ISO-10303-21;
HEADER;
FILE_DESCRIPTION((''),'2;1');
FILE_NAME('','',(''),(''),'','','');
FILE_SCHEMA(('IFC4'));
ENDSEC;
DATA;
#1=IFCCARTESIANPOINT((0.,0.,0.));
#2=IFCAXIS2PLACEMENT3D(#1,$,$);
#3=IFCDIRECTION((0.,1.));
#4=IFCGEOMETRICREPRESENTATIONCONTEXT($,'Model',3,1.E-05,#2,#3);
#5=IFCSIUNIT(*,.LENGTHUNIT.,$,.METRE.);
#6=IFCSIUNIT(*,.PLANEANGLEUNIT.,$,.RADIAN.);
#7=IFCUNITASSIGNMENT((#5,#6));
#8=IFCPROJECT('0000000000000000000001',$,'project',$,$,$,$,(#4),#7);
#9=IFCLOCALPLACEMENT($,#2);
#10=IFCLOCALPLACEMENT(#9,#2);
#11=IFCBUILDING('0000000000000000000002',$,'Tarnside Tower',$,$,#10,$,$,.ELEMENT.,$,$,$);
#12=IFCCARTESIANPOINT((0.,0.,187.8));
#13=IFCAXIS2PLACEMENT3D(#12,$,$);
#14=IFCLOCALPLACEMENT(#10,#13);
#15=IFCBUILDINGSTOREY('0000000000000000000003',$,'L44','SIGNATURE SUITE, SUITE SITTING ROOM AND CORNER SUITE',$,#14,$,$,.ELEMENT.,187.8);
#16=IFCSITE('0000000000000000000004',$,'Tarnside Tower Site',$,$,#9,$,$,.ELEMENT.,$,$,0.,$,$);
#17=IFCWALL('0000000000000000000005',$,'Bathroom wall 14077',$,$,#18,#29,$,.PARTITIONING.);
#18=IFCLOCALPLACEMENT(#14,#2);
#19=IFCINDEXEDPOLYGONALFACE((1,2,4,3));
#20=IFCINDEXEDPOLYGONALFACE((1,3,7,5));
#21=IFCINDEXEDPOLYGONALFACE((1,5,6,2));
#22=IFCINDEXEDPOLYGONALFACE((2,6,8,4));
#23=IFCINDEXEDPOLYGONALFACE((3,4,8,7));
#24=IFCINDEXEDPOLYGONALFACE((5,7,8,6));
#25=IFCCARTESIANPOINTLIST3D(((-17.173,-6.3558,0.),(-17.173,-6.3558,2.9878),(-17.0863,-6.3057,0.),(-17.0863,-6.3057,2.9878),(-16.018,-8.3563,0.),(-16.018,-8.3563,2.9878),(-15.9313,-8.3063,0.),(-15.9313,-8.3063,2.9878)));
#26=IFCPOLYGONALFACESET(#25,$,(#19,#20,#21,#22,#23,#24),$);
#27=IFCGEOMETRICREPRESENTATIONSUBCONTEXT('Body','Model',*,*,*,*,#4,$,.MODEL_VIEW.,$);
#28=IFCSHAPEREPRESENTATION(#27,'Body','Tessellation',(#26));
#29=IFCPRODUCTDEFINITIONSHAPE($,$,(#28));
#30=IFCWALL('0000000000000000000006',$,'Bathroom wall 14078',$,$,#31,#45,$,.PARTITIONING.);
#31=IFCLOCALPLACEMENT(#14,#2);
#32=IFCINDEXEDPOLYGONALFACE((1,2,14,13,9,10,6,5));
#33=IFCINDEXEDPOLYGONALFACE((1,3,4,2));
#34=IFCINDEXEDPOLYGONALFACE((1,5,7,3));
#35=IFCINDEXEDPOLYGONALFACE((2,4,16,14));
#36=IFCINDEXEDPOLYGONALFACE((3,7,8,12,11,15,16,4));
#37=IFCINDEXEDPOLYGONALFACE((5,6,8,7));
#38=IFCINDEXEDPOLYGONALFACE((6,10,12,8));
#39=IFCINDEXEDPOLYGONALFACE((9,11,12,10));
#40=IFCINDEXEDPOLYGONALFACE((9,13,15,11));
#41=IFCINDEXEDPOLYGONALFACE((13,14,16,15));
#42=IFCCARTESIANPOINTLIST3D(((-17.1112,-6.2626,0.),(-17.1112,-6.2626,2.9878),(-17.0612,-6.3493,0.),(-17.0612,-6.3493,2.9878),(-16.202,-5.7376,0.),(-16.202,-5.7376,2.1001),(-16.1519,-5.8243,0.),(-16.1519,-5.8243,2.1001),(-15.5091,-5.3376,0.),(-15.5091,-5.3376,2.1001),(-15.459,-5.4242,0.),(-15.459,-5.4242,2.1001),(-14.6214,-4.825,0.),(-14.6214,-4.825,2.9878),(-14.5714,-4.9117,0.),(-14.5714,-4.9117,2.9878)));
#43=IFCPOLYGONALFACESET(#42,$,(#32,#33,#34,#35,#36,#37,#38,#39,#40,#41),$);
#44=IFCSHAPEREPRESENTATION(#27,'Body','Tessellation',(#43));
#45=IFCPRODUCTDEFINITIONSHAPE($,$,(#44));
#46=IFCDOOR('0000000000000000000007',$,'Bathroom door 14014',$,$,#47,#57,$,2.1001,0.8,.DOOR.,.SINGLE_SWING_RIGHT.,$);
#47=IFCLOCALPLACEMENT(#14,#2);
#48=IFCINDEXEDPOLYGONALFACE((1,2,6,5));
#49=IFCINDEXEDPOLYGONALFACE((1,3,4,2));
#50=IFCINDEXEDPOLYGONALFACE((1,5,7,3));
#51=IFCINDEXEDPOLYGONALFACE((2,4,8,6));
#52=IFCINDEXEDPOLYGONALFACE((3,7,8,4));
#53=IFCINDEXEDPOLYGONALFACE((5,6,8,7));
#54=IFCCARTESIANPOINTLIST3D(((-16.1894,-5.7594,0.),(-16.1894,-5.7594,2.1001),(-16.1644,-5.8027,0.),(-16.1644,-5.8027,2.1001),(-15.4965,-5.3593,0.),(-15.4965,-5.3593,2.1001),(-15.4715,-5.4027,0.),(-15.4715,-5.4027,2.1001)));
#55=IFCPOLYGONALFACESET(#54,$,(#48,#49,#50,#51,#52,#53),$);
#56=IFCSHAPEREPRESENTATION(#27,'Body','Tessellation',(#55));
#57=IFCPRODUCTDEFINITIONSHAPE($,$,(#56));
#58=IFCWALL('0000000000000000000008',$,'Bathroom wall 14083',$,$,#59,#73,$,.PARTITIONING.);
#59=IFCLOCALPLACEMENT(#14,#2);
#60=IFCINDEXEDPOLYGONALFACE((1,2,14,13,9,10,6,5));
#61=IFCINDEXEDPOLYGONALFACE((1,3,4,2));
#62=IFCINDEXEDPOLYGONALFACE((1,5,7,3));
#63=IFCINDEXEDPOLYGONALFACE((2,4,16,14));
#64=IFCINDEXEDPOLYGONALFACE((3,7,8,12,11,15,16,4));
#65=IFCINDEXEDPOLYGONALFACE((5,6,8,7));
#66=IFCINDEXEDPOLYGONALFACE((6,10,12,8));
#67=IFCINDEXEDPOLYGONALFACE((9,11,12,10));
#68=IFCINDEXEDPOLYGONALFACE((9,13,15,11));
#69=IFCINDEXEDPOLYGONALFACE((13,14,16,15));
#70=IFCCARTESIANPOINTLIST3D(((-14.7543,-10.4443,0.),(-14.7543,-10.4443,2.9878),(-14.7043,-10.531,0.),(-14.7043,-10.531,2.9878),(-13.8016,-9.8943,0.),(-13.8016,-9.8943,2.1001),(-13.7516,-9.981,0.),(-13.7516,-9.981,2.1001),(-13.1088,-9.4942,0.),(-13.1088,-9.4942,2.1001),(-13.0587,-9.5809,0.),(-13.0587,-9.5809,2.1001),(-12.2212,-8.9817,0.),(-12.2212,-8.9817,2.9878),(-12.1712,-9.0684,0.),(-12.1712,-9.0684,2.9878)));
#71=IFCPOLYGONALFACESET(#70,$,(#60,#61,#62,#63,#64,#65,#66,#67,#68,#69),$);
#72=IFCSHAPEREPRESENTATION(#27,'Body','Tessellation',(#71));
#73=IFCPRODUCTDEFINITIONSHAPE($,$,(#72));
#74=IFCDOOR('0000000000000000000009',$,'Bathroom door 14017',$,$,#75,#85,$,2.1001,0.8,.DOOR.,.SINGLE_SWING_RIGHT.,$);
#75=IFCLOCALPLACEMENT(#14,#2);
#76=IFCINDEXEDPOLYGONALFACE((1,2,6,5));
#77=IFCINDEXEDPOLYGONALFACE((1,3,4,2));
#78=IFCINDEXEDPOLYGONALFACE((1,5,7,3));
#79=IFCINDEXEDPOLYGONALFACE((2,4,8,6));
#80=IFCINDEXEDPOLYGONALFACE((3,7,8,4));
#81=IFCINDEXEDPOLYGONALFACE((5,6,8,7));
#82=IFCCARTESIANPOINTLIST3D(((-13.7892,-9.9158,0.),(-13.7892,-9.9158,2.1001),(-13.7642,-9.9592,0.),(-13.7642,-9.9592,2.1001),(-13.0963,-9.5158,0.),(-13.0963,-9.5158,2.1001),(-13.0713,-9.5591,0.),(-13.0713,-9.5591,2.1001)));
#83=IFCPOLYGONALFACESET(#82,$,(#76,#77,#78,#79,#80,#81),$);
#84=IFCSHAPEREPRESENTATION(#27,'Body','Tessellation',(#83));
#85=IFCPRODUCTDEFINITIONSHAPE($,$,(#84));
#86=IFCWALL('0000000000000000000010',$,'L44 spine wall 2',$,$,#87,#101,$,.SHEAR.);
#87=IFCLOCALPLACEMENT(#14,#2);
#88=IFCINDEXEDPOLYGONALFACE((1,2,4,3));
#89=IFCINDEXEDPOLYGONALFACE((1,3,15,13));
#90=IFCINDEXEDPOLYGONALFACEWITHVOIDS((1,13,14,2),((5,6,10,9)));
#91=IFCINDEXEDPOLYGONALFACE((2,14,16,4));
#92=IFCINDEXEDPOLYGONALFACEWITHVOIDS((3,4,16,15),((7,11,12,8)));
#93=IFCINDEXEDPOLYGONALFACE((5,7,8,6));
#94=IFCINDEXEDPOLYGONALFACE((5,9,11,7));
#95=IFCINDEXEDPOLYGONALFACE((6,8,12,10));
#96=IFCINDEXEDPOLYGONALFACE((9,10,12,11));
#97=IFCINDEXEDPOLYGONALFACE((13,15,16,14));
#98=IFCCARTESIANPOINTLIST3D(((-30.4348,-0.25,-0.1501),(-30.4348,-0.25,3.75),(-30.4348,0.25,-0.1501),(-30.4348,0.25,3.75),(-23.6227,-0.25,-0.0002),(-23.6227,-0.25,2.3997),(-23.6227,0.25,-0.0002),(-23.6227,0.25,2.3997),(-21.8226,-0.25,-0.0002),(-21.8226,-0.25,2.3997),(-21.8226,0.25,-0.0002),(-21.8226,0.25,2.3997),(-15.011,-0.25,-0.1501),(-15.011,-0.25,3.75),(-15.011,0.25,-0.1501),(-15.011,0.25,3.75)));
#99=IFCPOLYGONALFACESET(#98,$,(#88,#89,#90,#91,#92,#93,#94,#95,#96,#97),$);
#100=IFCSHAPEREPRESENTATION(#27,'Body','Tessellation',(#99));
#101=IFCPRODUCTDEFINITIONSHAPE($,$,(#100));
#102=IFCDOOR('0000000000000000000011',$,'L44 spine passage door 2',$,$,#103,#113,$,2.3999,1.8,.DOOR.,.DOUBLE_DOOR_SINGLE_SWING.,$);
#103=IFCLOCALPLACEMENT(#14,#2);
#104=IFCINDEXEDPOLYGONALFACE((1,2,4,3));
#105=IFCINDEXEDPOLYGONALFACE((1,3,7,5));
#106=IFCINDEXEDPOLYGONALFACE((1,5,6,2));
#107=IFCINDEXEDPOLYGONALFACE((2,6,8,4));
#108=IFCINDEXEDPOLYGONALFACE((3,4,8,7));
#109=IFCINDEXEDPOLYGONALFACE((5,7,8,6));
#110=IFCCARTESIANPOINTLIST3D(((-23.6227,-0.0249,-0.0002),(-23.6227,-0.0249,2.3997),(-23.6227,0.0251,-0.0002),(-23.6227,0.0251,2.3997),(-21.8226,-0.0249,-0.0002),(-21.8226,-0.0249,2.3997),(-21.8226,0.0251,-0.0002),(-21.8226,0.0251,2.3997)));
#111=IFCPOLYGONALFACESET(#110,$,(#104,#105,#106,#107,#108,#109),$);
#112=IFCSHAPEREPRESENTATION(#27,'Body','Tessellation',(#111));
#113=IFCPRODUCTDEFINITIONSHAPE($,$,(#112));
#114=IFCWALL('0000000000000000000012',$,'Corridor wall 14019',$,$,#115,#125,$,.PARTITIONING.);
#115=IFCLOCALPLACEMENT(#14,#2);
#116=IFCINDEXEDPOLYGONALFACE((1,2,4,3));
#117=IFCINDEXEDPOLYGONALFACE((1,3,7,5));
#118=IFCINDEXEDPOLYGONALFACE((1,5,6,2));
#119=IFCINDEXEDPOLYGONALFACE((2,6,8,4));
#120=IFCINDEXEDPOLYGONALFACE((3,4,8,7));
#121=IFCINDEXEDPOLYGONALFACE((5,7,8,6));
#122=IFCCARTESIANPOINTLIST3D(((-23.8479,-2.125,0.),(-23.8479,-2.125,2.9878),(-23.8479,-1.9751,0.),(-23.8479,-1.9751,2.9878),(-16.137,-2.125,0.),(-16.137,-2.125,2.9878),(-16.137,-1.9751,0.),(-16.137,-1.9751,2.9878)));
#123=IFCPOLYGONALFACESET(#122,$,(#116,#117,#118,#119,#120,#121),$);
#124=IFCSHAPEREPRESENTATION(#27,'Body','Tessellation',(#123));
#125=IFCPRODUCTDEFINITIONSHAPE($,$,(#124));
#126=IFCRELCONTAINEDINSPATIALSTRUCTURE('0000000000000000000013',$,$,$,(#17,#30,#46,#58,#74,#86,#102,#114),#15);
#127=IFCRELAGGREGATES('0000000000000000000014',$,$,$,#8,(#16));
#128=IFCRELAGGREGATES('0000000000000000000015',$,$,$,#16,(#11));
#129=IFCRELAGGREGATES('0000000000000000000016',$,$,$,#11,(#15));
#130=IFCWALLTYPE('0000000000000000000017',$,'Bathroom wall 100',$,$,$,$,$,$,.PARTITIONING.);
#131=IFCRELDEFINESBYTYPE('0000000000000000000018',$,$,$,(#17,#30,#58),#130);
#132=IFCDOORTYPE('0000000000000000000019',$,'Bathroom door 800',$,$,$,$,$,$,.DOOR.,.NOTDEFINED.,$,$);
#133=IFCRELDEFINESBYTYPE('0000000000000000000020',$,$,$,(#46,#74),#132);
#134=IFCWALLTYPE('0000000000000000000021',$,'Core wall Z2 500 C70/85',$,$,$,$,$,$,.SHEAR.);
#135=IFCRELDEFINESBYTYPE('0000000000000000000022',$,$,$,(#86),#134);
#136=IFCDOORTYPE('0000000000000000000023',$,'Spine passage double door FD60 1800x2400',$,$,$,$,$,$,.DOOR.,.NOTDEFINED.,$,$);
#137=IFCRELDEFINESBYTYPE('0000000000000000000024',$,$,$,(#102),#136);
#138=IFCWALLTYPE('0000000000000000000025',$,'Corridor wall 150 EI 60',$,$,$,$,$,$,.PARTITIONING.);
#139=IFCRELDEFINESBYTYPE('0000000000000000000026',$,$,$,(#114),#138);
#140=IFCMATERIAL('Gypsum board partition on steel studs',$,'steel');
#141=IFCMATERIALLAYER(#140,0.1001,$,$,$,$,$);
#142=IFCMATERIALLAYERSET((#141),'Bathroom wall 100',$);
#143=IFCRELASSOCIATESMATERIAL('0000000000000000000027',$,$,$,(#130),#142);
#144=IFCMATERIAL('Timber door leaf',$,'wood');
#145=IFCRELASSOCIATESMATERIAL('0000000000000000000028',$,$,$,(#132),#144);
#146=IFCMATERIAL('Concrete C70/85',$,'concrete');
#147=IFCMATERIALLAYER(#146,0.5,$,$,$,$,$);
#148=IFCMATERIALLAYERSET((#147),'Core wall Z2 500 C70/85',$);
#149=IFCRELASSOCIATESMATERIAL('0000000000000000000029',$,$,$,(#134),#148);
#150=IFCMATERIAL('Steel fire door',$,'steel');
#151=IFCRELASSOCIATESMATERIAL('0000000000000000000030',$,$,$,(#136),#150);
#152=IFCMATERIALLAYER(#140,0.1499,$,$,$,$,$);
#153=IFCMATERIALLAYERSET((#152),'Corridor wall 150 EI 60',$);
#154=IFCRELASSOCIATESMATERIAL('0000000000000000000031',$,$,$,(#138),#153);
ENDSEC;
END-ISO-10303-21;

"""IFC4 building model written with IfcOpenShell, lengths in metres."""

from ifc_helpers import new_model, si_unit, direction, frame, frame_2d, origin, place, context, subcontext, project, spatial, rectangle, extrude, material, layer, layer_set, type_object, element, fill, save


model = new_model("IFC4")

# Units and contexts
model_context = context("Model", 3, precision=1e-05, world=origin(), true_north=direction((0.0, 1.0)))
body_context = subcontext(model_context, "Body", "Model", "MODEL_VIEW")
ifc_project = project(units=[si_unit("LENGTHUNIT", "METRE"), si_unit("PLANEANGLEUNIT", "RADIAN")], contexts=[model_context])

# Site, building, storey
site_placement = place(None, origin())
site = spatial("IfcSite", under=ifc_project, at=site_placement, Name="Tarnside Tower Site", CompositionType="ELEMENT", RefElevation=0.0)
building_placement = place(site_placement, origin())
building = spatial("IfcBuilding", under=site, at=building_placement, Name="Tarnside Tower", CompositionType="ELEMENT")
storey_placement = place(building_placement, frame((0.0, 0.0, 187.8)))
storey = spatial("IfcBuildingStorey", under=building, at=storey_placement, Name="L44", Description="SIGNATURE SUITE, SUITE SITTING ROOM AND CORNER SUITE", CompositionType="ELEMENT", Elevation=187.8)

# Wall
ifc_material_1 = material(Name="Gypsum board partition on steel studs", Category="steel")
ifc_layer_1 = layer(ifc_material_1, 0.1001)
ifc_layer_set_1 = layer_set([ifc_layer_1], Name="Bathroom wall 100")
wall_type_1 = type_object("IfcWallType", Name="Bathroom wall 100", PredefinedType="PARTITIONING", material=ifc_layer_set_1)
wall_1_placement = place(storey_placement, frame((-15.9746, -8.3313, 0.0), z_axis=(0.0, 0.0, 1.0), x_axis=(-0.500015, 0.866017, 0.0)))
element("IfcWall", 1, at=wall_1_placement, inside=storey, type_object=wall_type_1, Name="Bathroom wall 14077", PredefinedType="PARTITIONING", context=body_context, shape_type="SweptSolid", body=[
    extrude(rectangle(XDim=2.3101, YDim=0.1001, at=frame_2d((1.155, 0.0))), origin(), (0.0, 0.0, 1.0), 2.9878),
])

# Walls, openings, doors
wall_2_placement = place(storey_placement, frame((-17.0862, -6.3059, 0.0), z_axis=(0.0, 0.0, 1.0), x_axis=(0.866019, 0.500012, 0.0)))
wall_2 = element("IfcWall", 2, at=wall_2_placement, inside=storey, type_object=wall_type_1, Name="Bathroom wall 14078", PredefinedType="PARTITIONING", context=body_context, shape_type="SweptSolid", body=[
    extrude(rectangle(XDim=2.875, YDim=0.1001, at=frame_2d((1.4375, 0.0))), origin(), (0.0, 0.0, 1.0), 2.9878),
])
opening_1_placement = place(wall_2_placement, frame((1.05, 0.0, 0.0)))
opening_1 = element("IfcOpeningElement", 3, at=opening_1_placement, cuts=wall_2, PredefinedType="OPENING", context=body_context, shape_type="SweptSolid", body=[
    extrude(rectangle(XDim=0.8, YDim=2.1001, at=frame_2d((0.3999, 1.05))), frame((0.0, 0.0601, 0.0), z_axis=(0.0, -1.0, 0.0), x_axis=(1.0, 0.0, 0.0)), (0.0, 0.0, 1.0), 0.1201),
])
ifc_material_2 = material(Name="Timber door leaf", Category="wood")
door_type_1 = type_object("IfcDoorType", Name="Bathroom door 800", OperationType="NOTDEFINED", PredefinedType="DOOR", material=ifc_material_2)
door_1_placement = place(opening_1_placement, origin())
door_1 = element("IfcDoor", 4, at=door_1_placement, inside=storey, type_object=door_type_1, Name="Bathroom door 14014", OperationType="SINGLE_SWING_RIGHT", OverallHeight=2.1001, OverallWidth=0.8, PredefinedType="DOOR", context=body_context, shape_type="SweptSolid", body=[
    extrude(rectangle(XDim=0.8, YDim=2.1001, at=frame_2d((0.3999, 1.05))), frame((0.0, 0.0249, 0.0), z_axis=(0.0, -1.0, 0.0), x_axis=(1.0, 0.0, 0.0)), (0.0, 0.0, 1.0), 0.05),
])
fill(opening_1, door_1)
wall_3_placement = place(storey_placement, frame((-12.1963, -9.0251, 0.0), z_axis=(0.0, 0.0, 1.0), x_axis=(-0.86601, -0.500026, 0.0)))
wall_3 = element("IfcWall", 5, at=wall_3_placement, inside=storey, type_object=wall_type_1, Name="Bathroom wall 14083", PredefinedType="PARTITIONING", context=body_context, shape_type="SweptSolid", body=[
    extrude(rectangle(XDim=2.925, YDim=0.1001, at=frame_2d((1.4624, 0.0))), origin(), (0.0, 0.0, 1.0), 2.9878),
])
opening_2_placement = place(wall_3_placement, frame((1.0249, 0.0, 0.0)))
opening_2 = element("IfcOpeningElement", 6, at=opening_2_placement, cuts=wall_3, PredefinedType="OPENING", context=body_context, shape_type="SweptSolid", body=[
    extrude(rectangle(XDim=0.8, YDim=2.1001, at=frame_2d((0.3999, 1.05))), frame((0.0, 0.0601, 0.0), z_axis=(0.0, -1.0, 0.0), x_axis=(1.0, 0.0, 0.0)), (0.0, 0.0, 1.0), 0.1201),
])
door_2_placement = place(opening_2_placement, origin())
door_2 = element("IfcDoor", 7, at=door_2_placement, inside=storey, type_object=door_type_1, Name="Bathroom door 14017", OperationType="SINGLE_SWING_RIGHT", OverallHeight=2.1001, OverallWidth=0.8, PredefinedType="DOOR", context=body_context, shape_type="SweptSolid", body=[
    extrude(rectangle(XDim=0.8, YDim=2.1001, at=frame_2d((0.3999, 1.05))), frame((0.0, 0.0249, 0.0), z_axis=(0.0, -1.0, 0.0), x_axis=(1.0, 0.0, 0.0)), (0.0, 0.0, 1.0), 0.05),
])
fill(opening_2, door_2)
ifc_material_3 = material(Name="Concrete C70/85", Category="concrete")
ifc_layer_2 = layer(ifc_material_3, 0.5)
ifc_layer_set_2 = layer_set([ifc_layer_2], Name="Core wall Z2 500 C70/85")
wall_type_2 = type_object("IfcWallType", Name="Core wall Z2 500 C70/85", PredefinedType="SHEAR", material=ifc_layer_set_2)
wall_4_placement = place(storey_placement, frame((-15.011, 0.0, -0.1501), z_axis=(0.0, 0.0, 1.0), x_axis=(-1.0, 0.0, 0.0)))
wall_4 = element("IfcWall", 8, at=wall_4_placement, inside=storey, type_object=wall_type_2, Name="L44 spine wall 2", PredefinedType="SHEAR", context=body_context, shape_type="SweptSolid", body=[
    extrude(rectangle(XDim=15.4238, YDim=0.5, at=frame_2d((7.7119, 0.0))), origin(), (0.0, 0.0, 1.0), 3.9001),
])
opening_3_placement = place(wall_4_placement, frame((6.8118, 0.0, 0.1499)))
opening_3 = element("IfcOpeningElement", 9, at=opening_3_placement, cuts=wall_4, PredefinedType="OPENING", context=body_context, shape_type="SweptSolid", body=[
    extrude(rectangle(XDim=1.8, YDim=2.3999, at=frame_2d((0.8999, 1.2))), frame((0.0, 0.26, 0.0), z_axis=(0.0, -1.0, 0.0), x_axis=(1.0, 0.0, 0.0)), (0.0, 0.0, 1.0), 0.52),
])
ifc_material_4 = material(Name="Steel fire door", Category="steel")
door_type_2 = type_object("IfcDoorType", Name="Spine passage double door FD60 1800x2400", OperationType="NOTDEFINED", PredefinedType="DOOR", material=ifc_material_4)
door_3_placement = place(opening_3_placement, origin())
door_3 = element("IfcDoor", 10, at=door_3_placement, inside=storey, type_object=door_type_2, Name="L44 spine passage door 2", OperationType="DOUBLE_DOOR_SINGLE_SWING", OverallHeight=2.3999, OverallWidth=1.8, PredefinedType="DOOR", context=body_context, shape_type="SweptSolid", body=[
    extrude(rectangle(XDim=1.8, YDim=2.3999, at=frame_2d((0.8999, 1.2))), frame((0.0, 0.0249, 0.0), z_axis=(0.0, -1.0, 0.0), x_axis=(1.0, 0.0, 0.0)), (0.0, 0.0, 1.0), 0.05),
])
fill(opening_3, door_3)

# Wall
ifc_layer_3 = layer(ifc_material_1, 0.1499)
ifc_layer_set_3 = layer_set([ifc_layer_3], Name="Corridor wall 150 EI 60")
wall_type_3 = type_object("IfcWallType", Name="Corridor wall 150 EI 60", PredefinedType="PARTITIONING", material=ifc_layer_set_3)
wall_5_placement = place(storey_placement, frame((-23.8479, -2.05, 0.0), z_axis=(0.0, 0.0, 1.0), x_axis=(1.0, 0.0, 0.0)))
element("IfcWall", 11, at=wall_5_placement, inside=storey, type_object=wall_type_3, Name="Corridor wall 14019", PredefinedType="PARTITIONING", context=body_context, shape_type="SweptSolid", body=[
    extrude(rectangle(XDim=7.7109, YDim=0.1499, at=frame_2d((3.8555, 0.0))), origin(), (0.0, 0.0, 1.0), 2.9878),
])

save(model, "model.ifc")
